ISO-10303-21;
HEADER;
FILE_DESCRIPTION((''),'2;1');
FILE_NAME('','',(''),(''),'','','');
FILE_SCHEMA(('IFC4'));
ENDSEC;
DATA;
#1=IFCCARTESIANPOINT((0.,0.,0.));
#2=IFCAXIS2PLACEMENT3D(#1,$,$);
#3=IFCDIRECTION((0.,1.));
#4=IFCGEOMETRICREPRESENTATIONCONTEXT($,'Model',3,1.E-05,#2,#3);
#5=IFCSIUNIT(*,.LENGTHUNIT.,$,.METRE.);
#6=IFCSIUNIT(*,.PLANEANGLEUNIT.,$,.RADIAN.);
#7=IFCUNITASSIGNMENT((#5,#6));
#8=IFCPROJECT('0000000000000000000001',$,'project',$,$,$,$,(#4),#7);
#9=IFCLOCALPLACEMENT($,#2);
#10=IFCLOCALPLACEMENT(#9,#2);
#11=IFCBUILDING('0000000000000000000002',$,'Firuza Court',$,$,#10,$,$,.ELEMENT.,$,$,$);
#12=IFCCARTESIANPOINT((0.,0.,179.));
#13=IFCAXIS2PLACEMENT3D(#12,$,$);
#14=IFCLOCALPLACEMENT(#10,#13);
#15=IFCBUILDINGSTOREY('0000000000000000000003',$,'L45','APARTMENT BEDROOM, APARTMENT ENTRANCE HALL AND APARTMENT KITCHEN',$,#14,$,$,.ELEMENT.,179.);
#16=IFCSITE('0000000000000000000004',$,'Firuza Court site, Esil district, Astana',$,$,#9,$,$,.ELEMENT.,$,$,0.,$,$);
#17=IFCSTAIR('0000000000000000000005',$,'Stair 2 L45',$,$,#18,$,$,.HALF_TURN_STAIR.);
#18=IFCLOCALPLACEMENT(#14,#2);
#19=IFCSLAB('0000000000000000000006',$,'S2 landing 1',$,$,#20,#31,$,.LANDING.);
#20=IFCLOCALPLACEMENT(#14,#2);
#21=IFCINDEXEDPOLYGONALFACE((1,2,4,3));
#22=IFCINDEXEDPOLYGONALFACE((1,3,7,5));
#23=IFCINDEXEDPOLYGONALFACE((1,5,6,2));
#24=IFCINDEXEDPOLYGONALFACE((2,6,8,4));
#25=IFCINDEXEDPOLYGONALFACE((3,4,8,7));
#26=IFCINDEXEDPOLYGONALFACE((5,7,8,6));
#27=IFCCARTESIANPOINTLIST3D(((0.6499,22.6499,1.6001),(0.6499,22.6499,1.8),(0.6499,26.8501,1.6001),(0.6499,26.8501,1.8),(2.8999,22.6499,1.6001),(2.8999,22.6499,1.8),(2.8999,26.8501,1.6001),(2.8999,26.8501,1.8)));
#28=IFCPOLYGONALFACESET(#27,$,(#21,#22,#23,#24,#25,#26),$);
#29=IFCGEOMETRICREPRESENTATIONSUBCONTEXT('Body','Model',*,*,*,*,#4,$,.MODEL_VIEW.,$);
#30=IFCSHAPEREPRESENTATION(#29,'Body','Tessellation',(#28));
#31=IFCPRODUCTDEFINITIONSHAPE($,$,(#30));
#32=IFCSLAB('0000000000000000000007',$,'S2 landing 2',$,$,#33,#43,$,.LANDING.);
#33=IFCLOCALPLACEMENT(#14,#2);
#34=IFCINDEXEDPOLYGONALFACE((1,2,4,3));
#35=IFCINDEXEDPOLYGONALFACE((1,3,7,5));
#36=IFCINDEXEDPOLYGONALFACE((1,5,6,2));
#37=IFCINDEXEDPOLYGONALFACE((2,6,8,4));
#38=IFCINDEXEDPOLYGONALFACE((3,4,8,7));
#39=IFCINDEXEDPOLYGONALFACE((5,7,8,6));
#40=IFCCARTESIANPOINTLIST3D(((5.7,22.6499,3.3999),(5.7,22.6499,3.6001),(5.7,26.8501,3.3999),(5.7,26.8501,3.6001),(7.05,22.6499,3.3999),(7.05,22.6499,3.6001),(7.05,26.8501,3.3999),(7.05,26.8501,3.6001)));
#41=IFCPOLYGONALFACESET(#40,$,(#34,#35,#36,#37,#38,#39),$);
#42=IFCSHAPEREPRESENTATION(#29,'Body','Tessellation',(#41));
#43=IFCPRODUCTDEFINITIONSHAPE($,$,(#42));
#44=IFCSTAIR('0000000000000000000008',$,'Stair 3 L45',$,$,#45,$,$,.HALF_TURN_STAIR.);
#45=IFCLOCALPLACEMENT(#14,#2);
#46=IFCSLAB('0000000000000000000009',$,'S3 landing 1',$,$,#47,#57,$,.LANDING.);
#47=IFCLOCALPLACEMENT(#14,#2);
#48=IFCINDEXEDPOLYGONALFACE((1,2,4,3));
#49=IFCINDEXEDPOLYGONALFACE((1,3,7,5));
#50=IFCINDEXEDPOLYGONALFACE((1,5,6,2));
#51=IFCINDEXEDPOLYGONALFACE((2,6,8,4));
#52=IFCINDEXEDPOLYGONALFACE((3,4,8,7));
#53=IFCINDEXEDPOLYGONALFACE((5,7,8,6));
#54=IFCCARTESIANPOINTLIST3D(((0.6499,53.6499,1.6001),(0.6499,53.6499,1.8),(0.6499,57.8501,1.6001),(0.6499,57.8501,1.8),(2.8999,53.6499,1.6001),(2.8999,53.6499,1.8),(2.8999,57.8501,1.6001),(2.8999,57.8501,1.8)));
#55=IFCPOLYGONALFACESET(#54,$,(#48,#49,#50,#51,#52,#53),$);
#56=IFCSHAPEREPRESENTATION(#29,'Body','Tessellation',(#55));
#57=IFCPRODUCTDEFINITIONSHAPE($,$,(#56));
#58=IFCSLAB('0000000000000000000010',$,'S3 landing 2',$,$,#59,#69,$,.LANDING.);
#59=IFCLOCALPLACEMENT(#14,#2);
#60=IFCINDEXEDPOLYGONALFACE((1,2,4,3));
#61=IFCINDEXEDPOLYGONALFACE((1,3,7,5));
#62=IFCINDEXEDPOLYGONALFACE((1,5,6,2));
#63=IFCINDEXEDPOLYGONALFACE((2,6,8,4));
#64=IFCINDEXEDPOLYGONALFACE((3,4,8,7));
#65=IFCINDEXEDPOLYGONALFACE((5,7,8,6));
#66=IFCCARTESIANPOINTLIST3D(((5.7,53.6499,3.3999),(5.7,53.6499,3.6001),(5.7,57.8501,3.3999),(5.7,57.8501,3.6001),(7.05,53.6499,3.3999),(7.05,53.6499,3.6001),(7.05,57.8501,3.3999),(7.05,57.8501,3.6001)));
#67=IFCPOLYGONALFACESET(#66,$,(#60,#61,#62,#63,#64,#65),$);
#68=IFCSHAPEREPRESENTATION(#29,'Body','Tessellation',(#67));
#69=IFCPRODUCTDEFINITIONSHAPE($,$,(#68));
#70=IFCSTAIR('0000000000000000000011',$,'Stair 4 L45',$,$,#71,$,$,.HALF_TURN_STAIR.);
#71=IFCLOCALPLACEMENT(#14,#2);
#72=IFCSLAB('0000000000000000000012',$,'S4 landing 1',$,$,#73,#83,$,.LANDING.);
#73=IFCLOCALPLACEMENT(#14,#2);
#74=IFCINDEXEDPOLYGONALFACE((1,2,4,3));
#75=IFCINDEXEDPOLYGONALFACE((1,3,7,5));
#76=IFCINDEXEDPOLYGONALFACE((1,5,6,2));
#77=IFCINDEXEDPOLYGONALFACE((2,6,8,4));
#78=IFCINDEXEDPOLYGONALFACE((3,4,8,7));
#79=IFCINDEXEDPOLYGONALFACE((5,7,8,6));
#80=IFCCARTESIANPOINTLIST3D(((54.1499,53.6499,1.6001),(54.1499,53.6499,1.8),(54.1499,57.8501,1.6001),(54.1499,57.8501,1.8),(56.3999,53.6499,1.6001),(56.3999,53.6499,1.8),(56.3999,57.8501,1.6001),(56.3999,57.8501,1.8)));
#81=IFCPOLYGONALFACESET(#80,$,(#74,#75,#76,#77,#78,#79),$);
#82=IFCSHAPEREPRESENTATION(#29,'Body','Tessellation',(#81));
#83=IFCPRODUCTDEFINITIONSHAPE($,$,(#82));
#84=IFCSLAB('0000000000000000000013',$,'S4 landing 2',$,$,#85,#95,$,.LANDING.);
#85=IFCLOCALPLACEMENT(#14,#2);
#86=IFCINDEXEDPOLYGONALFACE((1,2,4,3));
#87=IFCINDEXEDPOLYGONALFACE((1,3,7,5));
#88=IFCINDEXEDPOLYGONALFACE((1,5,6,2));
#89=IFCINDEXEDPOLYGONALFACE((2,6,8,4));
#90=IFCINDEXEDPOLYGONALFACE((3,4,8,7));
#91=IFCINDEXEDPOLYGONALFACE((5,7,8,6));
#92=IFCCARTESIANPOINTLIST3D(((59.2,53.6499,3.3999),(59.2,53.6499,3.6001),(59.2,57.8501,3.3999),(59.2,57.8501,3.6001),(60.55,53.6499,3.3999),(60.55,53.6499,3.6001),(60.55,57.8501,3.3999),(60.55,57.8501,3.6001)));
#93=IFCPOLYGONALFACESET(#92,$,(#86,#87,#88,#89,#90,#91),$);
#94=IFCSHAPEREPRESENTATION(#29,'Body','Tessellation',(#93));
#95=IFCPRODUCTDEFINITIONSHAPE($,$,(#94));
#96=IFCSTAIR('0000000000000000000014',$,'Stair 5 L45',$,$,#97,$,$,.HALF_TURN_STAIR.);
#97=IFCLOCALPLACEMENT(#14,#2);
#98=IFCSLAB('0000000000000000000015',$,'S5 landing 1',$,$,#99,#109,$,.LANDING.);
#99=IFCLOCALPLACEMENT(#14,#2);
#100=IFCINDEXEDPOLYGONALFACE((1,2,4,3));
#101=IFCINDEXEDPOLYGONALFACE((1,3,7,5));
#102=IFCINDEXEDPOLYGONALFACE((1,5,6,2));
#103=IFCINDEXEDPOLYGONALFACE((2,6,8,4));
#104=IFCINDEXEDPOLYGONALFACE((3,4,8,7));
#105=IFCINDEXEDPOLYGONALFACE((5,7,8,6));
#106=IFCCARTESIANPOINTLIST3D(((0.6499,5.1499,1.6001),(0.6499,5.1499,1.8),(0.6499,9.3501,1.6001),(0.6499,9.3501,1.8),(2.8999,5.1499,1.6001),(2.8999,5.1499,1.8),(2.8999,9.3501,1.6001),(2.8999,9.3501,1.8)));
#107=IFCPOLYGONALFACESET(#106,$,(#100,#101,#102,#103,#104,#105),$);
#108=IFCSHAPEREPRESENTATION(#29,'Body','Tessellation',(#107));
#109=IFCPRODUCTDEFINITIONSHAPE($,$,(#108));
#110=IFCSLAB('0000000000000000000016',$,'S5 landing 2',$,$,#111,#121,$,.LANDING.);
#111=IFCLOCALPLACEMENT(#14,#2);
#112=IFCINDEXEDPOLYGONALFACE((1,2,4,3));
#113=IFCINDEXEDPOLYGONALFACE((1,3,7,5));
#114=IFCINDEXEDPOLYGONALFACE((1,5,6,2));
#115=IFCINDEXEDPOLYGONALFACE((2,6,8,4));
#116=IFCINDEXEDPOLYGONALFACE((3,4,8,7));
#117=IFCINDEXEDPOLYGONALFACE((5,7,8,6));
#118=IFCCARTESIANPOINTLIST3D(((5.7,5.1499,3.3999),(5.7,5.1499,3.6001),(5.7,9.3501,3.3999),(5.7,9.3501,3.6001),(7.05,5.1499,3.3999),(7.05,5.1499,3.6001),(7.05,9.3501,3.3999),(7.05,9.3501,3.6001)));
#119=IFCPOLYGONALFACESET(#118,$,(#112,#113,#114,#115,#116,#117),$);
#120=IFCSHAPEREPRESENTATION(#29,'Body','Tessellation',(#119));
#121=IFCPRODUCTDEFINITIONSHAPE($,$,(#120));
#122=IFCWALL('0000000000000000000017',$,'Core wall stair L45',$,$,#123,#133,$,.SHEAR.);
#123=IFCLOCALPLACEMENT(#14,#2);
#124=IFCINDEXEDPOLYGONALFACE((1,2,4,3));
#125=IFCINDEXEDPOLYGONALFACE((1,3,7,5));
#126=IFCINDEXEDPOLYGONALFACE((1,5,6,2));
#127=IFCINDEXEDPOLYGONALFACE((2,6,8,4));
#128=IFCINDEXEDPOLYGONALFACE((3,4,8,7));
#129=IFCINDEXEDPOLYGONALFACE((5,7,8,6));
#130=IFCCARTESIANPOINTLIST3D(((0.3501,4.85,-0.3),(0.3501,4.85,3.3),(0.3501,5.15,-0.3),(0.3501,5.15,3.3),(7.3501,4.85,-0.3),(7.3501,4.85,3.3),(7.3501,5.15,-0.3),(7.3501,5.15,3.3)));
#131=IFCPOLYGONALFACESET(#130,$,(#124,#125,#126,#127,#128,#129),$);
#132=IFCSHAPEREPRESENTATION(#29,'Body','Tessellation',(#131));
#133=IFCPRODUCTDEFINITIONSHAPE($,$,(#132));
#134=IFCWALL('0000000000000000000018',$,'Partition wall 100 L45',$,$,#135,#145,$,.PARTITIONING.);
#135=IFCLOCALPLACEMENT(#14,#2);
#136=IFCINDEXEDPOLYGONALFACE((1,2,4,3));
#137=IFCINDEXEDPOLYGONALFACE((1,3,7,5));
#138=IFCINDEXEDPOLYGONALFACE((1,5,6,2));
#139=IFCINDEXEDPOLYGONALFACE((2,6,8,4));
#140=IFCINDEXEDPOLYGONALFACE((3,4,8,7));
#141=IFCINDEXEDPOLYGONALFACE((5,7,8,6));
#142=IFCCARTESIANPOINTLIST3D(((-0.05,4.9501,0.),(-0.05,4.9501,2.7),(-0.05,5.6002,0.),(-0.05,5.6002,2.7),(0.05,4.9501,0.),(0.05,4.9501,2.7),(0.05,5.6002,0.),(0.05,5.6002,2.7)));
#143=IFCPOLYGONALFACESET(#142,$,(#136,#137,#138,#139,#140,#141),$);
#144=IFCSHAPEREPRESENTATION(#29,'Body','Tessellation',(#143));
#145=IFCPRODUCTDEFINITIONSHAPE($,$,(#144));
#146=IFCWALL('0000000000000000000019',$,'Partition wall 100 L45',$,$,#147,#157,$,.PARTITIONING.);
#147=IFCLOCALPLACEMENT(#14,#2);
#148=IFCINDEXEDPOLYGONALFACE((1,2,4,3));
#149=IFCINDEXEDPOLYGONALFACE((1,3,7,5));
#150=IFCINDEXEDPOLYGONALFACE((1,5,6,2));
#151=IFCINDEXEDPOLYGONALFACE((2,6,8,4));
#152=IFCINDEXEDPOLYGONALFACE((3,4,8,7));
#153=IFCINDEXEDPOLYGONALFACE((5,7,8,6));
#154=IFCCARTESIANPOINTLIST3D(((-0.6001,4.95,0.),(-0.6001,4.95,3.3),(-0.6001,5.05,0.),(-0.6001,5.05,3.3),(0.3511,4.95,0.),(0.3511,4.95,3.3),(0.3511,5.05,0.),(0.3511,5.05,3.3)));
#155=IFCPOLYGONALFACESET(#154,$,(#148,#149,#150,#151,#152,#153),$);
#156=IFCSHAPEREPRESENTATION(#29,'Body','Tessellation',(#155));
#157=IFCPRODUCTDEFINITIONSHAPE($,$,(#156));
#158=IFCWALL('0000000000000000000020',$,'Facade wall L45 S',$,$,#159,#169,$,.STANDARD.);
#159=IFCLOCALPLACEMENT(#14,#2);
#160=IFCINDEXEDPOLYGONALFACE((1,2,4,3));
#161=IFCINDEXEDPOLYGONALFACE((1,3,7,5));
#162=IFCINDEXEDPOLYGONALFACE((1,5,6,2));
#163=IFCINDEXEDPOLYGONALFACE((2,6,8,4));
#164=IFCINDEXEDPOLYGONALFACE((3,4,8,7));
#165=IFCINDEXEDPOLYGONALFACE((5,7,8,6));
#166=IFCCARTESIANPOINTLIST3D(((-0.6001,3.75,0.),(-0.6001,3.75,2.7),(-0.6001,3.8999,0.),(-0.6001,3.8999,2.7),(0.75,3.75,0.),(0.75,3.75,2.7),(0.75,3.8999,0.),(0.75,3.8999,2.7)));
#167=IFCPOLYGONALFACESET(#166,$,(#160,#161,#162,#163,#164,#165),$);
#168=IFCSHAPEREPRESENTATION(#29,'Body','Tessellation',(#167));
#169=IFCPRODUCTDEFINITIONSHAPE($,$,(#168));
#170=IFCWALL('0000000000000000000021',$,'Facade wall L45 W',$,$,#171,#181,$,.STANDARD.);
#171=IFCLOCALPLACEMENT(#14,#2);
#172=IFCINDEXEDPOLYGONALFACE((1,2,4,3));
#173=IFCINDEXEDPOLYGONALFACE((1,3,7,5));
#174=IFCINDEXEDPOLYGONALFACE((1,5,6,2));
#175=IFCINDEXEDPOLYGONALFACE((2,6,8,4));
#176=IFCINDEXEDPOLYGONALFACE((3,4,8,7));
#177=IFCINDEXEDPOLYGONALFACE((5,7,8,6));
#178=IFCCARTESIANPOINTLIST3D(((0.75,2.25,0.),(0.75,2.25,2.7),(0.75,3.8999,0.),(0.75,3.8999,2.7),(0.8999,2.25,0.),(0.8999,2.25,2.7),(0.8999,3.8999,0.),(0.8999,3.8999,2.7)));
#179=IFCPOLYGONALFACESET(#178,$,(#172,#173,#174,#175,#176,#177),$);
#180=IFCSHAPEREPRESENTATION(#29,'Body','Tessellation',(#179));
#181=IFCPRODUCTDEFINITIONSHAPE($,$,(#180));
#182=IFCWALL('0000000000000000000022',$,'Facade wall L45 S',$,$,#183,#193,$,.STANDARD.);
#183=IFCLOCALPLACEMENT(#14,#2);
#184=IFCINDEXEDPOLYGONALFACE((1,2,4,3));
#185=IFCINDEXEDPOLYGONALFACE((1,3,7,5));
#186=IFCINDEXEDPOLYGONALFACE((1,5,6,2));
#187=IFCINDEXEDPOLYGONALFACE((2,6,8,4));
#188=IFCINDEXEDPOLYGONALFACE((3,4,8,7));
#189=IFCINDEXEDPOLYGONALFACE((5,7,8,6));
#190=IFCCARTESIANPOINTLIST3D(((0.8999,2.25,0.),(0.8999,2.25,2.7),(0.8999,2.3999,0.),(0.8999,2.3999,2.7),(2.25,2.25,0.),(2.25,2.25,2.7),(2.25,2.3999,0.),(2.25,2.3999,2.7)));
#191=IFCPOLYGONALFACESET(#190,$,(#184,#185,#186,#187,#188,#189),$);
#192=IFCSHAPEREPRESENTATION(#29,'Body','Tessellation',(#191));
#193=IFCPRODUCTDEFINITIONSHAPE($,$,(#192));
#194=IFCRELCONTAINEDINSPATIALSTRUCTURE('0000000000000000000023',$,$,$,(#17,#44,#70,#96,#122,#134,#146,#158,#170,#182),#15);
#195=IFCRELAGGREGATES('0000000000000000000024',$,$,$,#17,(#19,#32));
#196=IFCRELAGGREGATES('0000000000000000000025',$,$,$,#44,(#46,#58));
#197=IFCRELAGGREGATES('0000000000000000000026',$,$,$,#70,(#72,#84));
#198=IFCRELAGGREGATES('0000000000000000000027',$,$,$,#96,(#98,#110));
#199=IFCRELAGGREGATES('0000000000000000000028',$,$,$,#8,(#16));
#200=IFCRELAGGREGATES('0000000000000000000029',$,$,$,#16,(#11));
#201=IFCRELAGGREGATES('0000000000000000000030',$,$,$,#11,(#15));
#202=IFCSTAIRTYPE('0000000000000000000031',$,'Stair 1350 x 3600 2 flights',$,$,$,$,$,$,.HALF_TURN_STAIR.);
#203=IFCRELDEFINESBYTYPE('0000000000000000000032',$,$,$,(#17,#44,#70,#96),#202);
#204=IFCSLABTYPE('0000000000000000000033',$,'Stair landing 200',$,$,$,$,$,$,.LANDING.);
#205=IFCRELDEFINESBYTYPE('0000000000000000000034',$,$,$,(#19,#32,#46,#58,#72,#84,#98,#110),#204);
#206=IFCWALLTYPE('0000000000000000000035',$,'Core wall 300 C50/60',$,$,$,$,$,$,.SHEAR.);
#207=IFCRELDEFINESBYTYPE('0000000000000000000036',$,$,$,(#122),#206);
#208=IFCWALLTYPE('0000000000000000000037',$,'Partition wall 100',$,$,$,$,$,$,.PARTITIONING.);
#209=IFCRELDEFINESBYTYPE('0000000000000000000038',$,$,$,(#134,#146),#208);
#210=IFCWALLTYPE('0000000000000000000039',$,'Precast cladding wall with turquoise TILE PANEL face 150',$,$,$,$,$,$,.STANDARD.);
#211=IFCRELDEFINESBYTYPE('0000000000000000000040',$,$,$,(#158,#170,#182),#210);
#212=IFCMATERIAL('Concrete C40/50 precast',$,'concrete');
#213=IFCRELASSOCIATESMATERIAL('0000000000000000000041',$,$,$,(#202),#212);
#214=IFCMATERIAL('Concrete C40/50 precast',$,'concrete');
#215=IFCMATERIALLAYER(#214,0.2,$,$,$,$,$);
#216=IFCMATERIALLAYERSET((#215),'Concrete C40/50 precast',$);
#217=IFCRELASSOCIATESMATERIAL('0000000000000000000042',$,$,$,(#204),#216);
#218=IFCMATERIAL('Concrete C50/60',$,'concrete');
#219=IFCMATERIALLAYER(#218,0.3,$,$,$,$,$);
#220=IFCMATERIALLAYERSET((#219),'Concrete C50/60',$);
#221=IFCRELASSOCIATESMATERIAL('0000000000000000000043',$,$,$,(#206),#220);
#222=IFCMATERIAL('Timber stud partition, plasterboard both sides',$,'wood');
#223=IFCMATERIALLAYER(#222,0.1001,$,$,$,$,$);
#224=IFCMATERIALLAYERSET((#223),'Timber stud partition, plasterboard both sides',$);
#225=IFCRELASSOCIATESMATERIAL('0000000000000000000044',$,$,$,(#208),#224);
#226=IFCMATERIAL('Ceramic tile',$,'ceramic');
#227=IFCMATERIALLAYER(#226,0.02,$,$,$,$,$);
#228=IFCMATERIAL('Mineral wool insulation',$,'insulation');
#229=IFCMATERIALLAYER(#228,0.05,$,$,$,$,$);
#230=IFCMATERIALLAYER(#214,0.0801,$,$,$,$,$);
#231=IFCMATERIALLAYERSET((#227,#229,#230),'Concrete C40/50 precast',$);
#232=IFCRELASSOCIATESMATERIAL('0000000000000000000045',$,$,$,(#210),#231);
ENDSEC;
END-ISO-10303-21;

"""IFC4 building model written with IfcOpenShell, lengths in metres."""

from ifc_helpers import new_model, si_unit, direction, frame, frame_2d, origin, place, context, subcontext, project, spatial, polyline, rectangle, outline, extrude, material, layer, layer_set, type_object, element, aggregate, save


model = new_model("IFC4")

# Units and contexts
model_context = context("Model", 3, precision=1e-05, world=origin(), true_north=direction((0.0, 1.0)))
body_context = subcontext(model_context, "Body", "Model", "MODEL_VIEW")
ifc_project = project(units=[si_unit("LENGTHUNIT", "METRE"), si_unit("PLANEANGLEUNIT", "RADIAN")], contexts=[model_context])

# Site, building, storey
site_placement = place(None, origin())
site = spatial("IfcSite", under=ifc_project, at=site_placement, Name="Firuza Court site, Esil district, Astana", CompositionType="ELEMENT", RefElevation=0.0)
building_placement = place(site_placement, origin())
building = spatial("IfcBuilding", under=site, at=building_placement, Name="Firuza Court", CompositionType="ELEMENT")
storey_placement = place(building_placement, frame((0.0, 0.0, 179.0)))
storey = spatial("IfcBuildingStorey", under=building, at=storey_placement, Name="L45", Description="APARTMENT BEDROOM, APARTMENT ENTRANCE HALL AND APARTMENT KITCHEN", CompositionType="ELEMENT", Elevation=179.0)

# Stairs, slabs
ifc_material_1 = material(Name="Concrete C40/50 precast", Category="concrete")
stair_type = type_object("IfcStairType", Name="Stair 1350 x 3600 2 flights", PredefinedType="HALF_TURN_STAIR", material=ifc_material_1)
ifc_material_2 = material(Name="Concrete C40/50 precast", Category="concrete")
ifc_layer_1 = layer(ifc_material_2, 0.2)
ifc_layer_set_1 = layer_set([ifc_layer_1], Name="Concrete C40/50 precast")
slab_type_1 = type_object("IfcSlabType", Name="Stair landing 200", PredefinedType="LANDING", material=ifc_layer_set_1)
stair_1_placement = place(storey_placement, origin())
stair_1 = element("IfcStair", 1, at=stair_1_placement, inside=storey, type_object=stair_type, Name="Stair 2 L45", PredefinedType="HALF_TURN_STAIR")
slab_1_placement = place(storey_placement, frame((0.0, 0.0, 1.6001)))
slab_1 = element("IfcSlab", 2, at=slab_1_placement, type_object=slab_type_1, Name="S2 landing 1", PredefinedType="LANDING", context=body_context, shape_type="SweptSolid", body=[
    extrude(outline(polyline([(2.8999, 22.6499), (2.8999, 26.8501), (0.6499, 26.8501), (0.6499, 22.6499), (2.8999, 22.6499)])), origin(), (0.0, 0.0, 1.0), 0.2),
])
slab_2_placement = place(storey_placement, frame((0.0, 0.0, 3.3999)))
slab_2 = element("IfcSlab", 3, at=slab_2_placement, type_object=slab_type_1, Name="S2 landing 2", PredefinedType="LANDING", context=body_context, shape_type="SweptSolid", body=[
    extrude(outline(polyline([(7.05, 22.6499), (7.05, 26.8501), (5.7, 26.8501), (5.7, 22.6499), (7.05, 22.6499)])), origin(), (0.0, 0.0, 1.0), 0.2002),
])
aggregate(stair_1, [slab_1, slab_2])
stair_2_placement = place(storey_placement, origin())
stair_2 = element("IfcStair", 4, at=stair_2_placement, inside=storey, type_object=stair_type, Name="Stair 3 L45", PredefinedType="HALF_TURN_STAIR")
slab_3_placement = place(storey_placement, frame((0.0, 0.0, 1.6001)))
slab_3 = element("IfcSlab", 5, at=slab_3_placement, type_object=slab_type_1, Name="S3 landing 1", PredefinedType="LANDING", context=body_context, shape_type="SweptSolid", body=[
    extrude(outline(polyline([(2.8999, 53.6499), (2.8999, 57.8501), (0.6499, 57.8501), (0.6499, 53.6499), (2.8999, 53.6499)])), origin(), (0.0, 0.0, 1.0), 0.2),
])
slab_4_placement = place(storey_placement, frame((0.0, 0.0, 3.3999)))
slab_4 = element("IfcSlab", 6, at=slab_4_placement, type_object=slab_type_1, Name="S3 landing 2", PredefinedType="LANDING", context=body_context, shape_type="SweptSolid", body=[
    extrude(outline(polyline([(7.05, 53.6499), (7.05, 57.8501), (5.7, 57.8501), (5.7, 53.6499), (7.05, 53.6499)])), origin(), (0.0, 0.0, 1.0), 0.2002),
])
aggregate(stair_2, [slab_3, slab_4])
stair_3_placement = place(storey_placement, origin())
stair_3 = element("IfcStair", 7, at=stair_3_placement, inside=storey, type_object=stair_type, Name="Stair 4 L45", PredefinedType="HALF_TURN_STAIR")
slab_5_placement = place(storey_placement, frame((0.0, 0.0, 1.6001)))
slab_5 = element("IfcSlab", 8, at=slab_5_placement, type_object=slab_type_1, Name="S4 landing 1", PredefinedType="LANDING", context=body_context, shape_type="SweptSolid", body=[
    extrude(outline(polyline([(56.3999, 53.6499), (56.3999, 57.8501), (54.1499, 57.8501), (54.1499, 53.6499), (56.3999, 53.6499)])), origin(), (0.0, 0.0, 1.0), 0.2),
])
slab_6_placement = place(storey_placement, frame((0.0, 0.0, 3.3999)))
slab_6 = element("IfcSlab", 9, at=slab_6_placement, type_object=slab_type_1, Name="S4 landing 2", PredefinedType="LANDING", context=body_context, shape_type="SweptSolid", body=[
    extrude(outline(polyline([(60.55, 53.6499), (60.55, 57.8501), (59.2, 57.8501), (59.2, 53.6499), (60.55, 53.6499)])), origin(), (0.0, 0.0, 1.0), 0.2002),
])
aggregate(stair_3, [slab_5, slab_6])
stair_4_placement = place(storey_placement, origin())
stair_4 = element("IfcStair", 10, at=stair_4_placement, inside=storey, type_object=stair_type, Name="Stair 5 L45", PredefinedType="HALF_TURN_STAIR")
slab_7_placement = place(storey_placement, frame((0.0, 0.0, 1.6001)))
slab_7 = element("IfcSlab", 11, at=slab_7_placement, type_object=slab_type_1, Name="S5 landing 1", PredefinedType="LANDING", context=body_context, shape_type="SweptSolid", body=[
    extrude(outline(polyline([(2.8999, 5.1499), (2.8999, 9.3501), (0.6499, 9.3501), (0.6499, 5.1499), (2.8999, 5.1499)])), origin(), (0.0, 0.0, 1.0), 0.2),
])
slab_8_placement = place(storey_placement, frame((0.0, 0.0, 3.3999)))
slab_8 = element("IfcSlab", 12, at=slab_8_placement, type_object=slab_type_1, Name="S5 landing 2", PredefinedType="LANDING", context=body_context, shape_type="SweptSolid", body=[
    extrude(outline(polyline([(7.05, 5.1499), (7.05, 9.3501), (5.7, 9.3501), (5.7, 5.1499), (7.05, 5.1499)])), origin(), (0.0, 0.0, 1.0), 0.2002),
])
aggregate(stair_4, [slab_7, slab_8])

# Walls
ifc_material_3 = material(Name="Concrete C50/60", Category="concrete")
ifc_layer_2 = layer(ifc_material_3, 0.3)
ifc_layer_set_2 = layer_set([ifc_layer_2], Name="Concrete C50/60")
wall_type_1 = type_object("IfcWallType", Name="Core wall 300 C50/60", PredefinedType="SHEAR", material=ifc_layer_set_2)
wall_1_placement = place(storey_placement, frame((0.3501, 5.0, -0.3), z_axis=(0.0, 0.0, 1.0), x_axis=(1.0, 0.0, 0.0)))
element("IfcWall", 13, at=wall_1_placement, inside=storey, type_object=wall_type_1, Name="Core wall stair L45", PredefinedType="SHEAR", context=body_context, shape_type="SweptSolid", body=[
    extrude(rectangle(XDim=7.0, YDim=0.3, at=frame_2d((3.5, 0.0))), origin(), (0.0, 0.0, 1.0), 3.6001),
])
ifc_material_4 = material(Name="Timber stud partition, plasterboard both sides", Category="wood")
ifc_layer_3 = layer(ifc_material_4, 0.1001)
ifc_layer_set_3 = layer_set([ifc_layer_3], Name="Timber stud partition, plasterboard both sides")
wall_type_2 = type_object("IfcWallType", Name="Partition wall 100", PredefinedType="PARTITIONING", material=ifc_layer_set_3)
wall_2_placement = place(storey_placement, frame((0.0, 4.95, 0.0), z_axis=(0.0, 0.0, 1.0), x_axis=(0.0, 1.0, 0.0)))
element("IfcWall", 14, at=wall_2_placement, inside=storey, type_object=wall_type_2, Name="Partition wall 100 L45", PredefinedType="PARTITIONING", context=body_context, shape_type="SweptSolid", body=[
    extrude(rectangle(XDim=0.6501, YDim=0.1001, at=frame_2d((0.3252, 0.0))), origin(), (0.0, 0.0, 1.0), 2.7),
])
wall_3_placement = place(storey_placement, frame((-0.6001, 5.0, 0.0), z_axis=(0.0, 0.0, 1.0), x_axis=(1.0, 0.0, 0.0)))
element("IfcWall", 15, at=wall_3_placement, inside=storey, type_object=wall_type_2, Name="Partition wall 100 L45", PredefinedType="PARTITIONING", context=body_context, shape_type="SweptSolid", body=[
    extrude(rectangle(XDim=0.9512, YDim=0.1001, at=frame_2d((0.4756, 0.0))), origin(), (0.0, 0.0, 1.0), 3.3),
])
ifc_material_5 = material(Name="Ceramic tile", Category="ceramic")
ifc_layer_4 = layer(ifc_material_5, 0.02)
ifc_material_6 = material(Name="Mineral wool insulation", Category="insulation")
ifc_layer_5 = layer(ifc_material_6, 0.05)
ifc_layer_6 = layer(ifc_material_2, 0.0801)
ifc_layer_set_4 = layer_set([ifc_layer_4, ifc_layer_5, ifc_layer_6], Name="Concrete C40/50 precast")
wall_type_3 = type_object("IfcWallType", Name="Precast cladding wall with turquoise TILE PANEL face 150", PredefinedType="STANDARD", material=ifc_layer_set_4)
wall_4_placement = place(storey_placement, frame((-0.6001, 3.825, 0.0), z_axis=(0.0, 0.0, 1.0), x_axis=(1.0, 0.0, 0.0)))
element("IfcWall", 16, at=wall_4_placement, inside=storey, type_object=wall_type_3, Name="Facade wall L45 S", PredefinedType="STANDARD", context=body_context, shape_type="SweptSolid", body=[
    extrude(rectangle(XDim=1.3501, YDim=0.1499, at=frame_2d((0.675, 0.0))), origin(), (0.0, 0.0, 1.0), 2.7),
])
wall_5_placement = place(storey_placement, frame((0.825, 3.8999, 0.0), z_axis=(0.0, 0.0, 1.0), x_axis=(0.0, -1.0, 0.0)))
element("IfcWall", 17, at=wall_5_placement, inside=storey, type_object=wall_type_3, Name="Facade wall L45 W", PredefinedType="STANDARD", context=body_context, shape_type="SweptSolid", body=[
    extrude(rectangle(XDim=1.6499, YDim=0.1499, at=frame_2d((0.825, 0.0))), origin(), (0.0, 0.0, 1.0), 2.7),
])
wall_6_placement = place(storey_placement, frame((0.8999, 2.325, 0.0), z_axis=(0.0, 0.0, 1.0), x_axis=(1.0, 0.0, 0.0)))
element("IfcWall", 18, at=wall_6_placement, inside=storey, type_object=wall_type_3, Name="Facade wall L45 S", PredefinedType="STANDARD", context=body_context, shape_type="SweptSolid", body=[
    extrude(rectangle(XDim=1.3501, YDim=0.1499, at=frame_2d((0.675, 0.0))), origin(), (0.0, 0.0, 1.0), 2.7),
])

save(model, "model.ifc")
